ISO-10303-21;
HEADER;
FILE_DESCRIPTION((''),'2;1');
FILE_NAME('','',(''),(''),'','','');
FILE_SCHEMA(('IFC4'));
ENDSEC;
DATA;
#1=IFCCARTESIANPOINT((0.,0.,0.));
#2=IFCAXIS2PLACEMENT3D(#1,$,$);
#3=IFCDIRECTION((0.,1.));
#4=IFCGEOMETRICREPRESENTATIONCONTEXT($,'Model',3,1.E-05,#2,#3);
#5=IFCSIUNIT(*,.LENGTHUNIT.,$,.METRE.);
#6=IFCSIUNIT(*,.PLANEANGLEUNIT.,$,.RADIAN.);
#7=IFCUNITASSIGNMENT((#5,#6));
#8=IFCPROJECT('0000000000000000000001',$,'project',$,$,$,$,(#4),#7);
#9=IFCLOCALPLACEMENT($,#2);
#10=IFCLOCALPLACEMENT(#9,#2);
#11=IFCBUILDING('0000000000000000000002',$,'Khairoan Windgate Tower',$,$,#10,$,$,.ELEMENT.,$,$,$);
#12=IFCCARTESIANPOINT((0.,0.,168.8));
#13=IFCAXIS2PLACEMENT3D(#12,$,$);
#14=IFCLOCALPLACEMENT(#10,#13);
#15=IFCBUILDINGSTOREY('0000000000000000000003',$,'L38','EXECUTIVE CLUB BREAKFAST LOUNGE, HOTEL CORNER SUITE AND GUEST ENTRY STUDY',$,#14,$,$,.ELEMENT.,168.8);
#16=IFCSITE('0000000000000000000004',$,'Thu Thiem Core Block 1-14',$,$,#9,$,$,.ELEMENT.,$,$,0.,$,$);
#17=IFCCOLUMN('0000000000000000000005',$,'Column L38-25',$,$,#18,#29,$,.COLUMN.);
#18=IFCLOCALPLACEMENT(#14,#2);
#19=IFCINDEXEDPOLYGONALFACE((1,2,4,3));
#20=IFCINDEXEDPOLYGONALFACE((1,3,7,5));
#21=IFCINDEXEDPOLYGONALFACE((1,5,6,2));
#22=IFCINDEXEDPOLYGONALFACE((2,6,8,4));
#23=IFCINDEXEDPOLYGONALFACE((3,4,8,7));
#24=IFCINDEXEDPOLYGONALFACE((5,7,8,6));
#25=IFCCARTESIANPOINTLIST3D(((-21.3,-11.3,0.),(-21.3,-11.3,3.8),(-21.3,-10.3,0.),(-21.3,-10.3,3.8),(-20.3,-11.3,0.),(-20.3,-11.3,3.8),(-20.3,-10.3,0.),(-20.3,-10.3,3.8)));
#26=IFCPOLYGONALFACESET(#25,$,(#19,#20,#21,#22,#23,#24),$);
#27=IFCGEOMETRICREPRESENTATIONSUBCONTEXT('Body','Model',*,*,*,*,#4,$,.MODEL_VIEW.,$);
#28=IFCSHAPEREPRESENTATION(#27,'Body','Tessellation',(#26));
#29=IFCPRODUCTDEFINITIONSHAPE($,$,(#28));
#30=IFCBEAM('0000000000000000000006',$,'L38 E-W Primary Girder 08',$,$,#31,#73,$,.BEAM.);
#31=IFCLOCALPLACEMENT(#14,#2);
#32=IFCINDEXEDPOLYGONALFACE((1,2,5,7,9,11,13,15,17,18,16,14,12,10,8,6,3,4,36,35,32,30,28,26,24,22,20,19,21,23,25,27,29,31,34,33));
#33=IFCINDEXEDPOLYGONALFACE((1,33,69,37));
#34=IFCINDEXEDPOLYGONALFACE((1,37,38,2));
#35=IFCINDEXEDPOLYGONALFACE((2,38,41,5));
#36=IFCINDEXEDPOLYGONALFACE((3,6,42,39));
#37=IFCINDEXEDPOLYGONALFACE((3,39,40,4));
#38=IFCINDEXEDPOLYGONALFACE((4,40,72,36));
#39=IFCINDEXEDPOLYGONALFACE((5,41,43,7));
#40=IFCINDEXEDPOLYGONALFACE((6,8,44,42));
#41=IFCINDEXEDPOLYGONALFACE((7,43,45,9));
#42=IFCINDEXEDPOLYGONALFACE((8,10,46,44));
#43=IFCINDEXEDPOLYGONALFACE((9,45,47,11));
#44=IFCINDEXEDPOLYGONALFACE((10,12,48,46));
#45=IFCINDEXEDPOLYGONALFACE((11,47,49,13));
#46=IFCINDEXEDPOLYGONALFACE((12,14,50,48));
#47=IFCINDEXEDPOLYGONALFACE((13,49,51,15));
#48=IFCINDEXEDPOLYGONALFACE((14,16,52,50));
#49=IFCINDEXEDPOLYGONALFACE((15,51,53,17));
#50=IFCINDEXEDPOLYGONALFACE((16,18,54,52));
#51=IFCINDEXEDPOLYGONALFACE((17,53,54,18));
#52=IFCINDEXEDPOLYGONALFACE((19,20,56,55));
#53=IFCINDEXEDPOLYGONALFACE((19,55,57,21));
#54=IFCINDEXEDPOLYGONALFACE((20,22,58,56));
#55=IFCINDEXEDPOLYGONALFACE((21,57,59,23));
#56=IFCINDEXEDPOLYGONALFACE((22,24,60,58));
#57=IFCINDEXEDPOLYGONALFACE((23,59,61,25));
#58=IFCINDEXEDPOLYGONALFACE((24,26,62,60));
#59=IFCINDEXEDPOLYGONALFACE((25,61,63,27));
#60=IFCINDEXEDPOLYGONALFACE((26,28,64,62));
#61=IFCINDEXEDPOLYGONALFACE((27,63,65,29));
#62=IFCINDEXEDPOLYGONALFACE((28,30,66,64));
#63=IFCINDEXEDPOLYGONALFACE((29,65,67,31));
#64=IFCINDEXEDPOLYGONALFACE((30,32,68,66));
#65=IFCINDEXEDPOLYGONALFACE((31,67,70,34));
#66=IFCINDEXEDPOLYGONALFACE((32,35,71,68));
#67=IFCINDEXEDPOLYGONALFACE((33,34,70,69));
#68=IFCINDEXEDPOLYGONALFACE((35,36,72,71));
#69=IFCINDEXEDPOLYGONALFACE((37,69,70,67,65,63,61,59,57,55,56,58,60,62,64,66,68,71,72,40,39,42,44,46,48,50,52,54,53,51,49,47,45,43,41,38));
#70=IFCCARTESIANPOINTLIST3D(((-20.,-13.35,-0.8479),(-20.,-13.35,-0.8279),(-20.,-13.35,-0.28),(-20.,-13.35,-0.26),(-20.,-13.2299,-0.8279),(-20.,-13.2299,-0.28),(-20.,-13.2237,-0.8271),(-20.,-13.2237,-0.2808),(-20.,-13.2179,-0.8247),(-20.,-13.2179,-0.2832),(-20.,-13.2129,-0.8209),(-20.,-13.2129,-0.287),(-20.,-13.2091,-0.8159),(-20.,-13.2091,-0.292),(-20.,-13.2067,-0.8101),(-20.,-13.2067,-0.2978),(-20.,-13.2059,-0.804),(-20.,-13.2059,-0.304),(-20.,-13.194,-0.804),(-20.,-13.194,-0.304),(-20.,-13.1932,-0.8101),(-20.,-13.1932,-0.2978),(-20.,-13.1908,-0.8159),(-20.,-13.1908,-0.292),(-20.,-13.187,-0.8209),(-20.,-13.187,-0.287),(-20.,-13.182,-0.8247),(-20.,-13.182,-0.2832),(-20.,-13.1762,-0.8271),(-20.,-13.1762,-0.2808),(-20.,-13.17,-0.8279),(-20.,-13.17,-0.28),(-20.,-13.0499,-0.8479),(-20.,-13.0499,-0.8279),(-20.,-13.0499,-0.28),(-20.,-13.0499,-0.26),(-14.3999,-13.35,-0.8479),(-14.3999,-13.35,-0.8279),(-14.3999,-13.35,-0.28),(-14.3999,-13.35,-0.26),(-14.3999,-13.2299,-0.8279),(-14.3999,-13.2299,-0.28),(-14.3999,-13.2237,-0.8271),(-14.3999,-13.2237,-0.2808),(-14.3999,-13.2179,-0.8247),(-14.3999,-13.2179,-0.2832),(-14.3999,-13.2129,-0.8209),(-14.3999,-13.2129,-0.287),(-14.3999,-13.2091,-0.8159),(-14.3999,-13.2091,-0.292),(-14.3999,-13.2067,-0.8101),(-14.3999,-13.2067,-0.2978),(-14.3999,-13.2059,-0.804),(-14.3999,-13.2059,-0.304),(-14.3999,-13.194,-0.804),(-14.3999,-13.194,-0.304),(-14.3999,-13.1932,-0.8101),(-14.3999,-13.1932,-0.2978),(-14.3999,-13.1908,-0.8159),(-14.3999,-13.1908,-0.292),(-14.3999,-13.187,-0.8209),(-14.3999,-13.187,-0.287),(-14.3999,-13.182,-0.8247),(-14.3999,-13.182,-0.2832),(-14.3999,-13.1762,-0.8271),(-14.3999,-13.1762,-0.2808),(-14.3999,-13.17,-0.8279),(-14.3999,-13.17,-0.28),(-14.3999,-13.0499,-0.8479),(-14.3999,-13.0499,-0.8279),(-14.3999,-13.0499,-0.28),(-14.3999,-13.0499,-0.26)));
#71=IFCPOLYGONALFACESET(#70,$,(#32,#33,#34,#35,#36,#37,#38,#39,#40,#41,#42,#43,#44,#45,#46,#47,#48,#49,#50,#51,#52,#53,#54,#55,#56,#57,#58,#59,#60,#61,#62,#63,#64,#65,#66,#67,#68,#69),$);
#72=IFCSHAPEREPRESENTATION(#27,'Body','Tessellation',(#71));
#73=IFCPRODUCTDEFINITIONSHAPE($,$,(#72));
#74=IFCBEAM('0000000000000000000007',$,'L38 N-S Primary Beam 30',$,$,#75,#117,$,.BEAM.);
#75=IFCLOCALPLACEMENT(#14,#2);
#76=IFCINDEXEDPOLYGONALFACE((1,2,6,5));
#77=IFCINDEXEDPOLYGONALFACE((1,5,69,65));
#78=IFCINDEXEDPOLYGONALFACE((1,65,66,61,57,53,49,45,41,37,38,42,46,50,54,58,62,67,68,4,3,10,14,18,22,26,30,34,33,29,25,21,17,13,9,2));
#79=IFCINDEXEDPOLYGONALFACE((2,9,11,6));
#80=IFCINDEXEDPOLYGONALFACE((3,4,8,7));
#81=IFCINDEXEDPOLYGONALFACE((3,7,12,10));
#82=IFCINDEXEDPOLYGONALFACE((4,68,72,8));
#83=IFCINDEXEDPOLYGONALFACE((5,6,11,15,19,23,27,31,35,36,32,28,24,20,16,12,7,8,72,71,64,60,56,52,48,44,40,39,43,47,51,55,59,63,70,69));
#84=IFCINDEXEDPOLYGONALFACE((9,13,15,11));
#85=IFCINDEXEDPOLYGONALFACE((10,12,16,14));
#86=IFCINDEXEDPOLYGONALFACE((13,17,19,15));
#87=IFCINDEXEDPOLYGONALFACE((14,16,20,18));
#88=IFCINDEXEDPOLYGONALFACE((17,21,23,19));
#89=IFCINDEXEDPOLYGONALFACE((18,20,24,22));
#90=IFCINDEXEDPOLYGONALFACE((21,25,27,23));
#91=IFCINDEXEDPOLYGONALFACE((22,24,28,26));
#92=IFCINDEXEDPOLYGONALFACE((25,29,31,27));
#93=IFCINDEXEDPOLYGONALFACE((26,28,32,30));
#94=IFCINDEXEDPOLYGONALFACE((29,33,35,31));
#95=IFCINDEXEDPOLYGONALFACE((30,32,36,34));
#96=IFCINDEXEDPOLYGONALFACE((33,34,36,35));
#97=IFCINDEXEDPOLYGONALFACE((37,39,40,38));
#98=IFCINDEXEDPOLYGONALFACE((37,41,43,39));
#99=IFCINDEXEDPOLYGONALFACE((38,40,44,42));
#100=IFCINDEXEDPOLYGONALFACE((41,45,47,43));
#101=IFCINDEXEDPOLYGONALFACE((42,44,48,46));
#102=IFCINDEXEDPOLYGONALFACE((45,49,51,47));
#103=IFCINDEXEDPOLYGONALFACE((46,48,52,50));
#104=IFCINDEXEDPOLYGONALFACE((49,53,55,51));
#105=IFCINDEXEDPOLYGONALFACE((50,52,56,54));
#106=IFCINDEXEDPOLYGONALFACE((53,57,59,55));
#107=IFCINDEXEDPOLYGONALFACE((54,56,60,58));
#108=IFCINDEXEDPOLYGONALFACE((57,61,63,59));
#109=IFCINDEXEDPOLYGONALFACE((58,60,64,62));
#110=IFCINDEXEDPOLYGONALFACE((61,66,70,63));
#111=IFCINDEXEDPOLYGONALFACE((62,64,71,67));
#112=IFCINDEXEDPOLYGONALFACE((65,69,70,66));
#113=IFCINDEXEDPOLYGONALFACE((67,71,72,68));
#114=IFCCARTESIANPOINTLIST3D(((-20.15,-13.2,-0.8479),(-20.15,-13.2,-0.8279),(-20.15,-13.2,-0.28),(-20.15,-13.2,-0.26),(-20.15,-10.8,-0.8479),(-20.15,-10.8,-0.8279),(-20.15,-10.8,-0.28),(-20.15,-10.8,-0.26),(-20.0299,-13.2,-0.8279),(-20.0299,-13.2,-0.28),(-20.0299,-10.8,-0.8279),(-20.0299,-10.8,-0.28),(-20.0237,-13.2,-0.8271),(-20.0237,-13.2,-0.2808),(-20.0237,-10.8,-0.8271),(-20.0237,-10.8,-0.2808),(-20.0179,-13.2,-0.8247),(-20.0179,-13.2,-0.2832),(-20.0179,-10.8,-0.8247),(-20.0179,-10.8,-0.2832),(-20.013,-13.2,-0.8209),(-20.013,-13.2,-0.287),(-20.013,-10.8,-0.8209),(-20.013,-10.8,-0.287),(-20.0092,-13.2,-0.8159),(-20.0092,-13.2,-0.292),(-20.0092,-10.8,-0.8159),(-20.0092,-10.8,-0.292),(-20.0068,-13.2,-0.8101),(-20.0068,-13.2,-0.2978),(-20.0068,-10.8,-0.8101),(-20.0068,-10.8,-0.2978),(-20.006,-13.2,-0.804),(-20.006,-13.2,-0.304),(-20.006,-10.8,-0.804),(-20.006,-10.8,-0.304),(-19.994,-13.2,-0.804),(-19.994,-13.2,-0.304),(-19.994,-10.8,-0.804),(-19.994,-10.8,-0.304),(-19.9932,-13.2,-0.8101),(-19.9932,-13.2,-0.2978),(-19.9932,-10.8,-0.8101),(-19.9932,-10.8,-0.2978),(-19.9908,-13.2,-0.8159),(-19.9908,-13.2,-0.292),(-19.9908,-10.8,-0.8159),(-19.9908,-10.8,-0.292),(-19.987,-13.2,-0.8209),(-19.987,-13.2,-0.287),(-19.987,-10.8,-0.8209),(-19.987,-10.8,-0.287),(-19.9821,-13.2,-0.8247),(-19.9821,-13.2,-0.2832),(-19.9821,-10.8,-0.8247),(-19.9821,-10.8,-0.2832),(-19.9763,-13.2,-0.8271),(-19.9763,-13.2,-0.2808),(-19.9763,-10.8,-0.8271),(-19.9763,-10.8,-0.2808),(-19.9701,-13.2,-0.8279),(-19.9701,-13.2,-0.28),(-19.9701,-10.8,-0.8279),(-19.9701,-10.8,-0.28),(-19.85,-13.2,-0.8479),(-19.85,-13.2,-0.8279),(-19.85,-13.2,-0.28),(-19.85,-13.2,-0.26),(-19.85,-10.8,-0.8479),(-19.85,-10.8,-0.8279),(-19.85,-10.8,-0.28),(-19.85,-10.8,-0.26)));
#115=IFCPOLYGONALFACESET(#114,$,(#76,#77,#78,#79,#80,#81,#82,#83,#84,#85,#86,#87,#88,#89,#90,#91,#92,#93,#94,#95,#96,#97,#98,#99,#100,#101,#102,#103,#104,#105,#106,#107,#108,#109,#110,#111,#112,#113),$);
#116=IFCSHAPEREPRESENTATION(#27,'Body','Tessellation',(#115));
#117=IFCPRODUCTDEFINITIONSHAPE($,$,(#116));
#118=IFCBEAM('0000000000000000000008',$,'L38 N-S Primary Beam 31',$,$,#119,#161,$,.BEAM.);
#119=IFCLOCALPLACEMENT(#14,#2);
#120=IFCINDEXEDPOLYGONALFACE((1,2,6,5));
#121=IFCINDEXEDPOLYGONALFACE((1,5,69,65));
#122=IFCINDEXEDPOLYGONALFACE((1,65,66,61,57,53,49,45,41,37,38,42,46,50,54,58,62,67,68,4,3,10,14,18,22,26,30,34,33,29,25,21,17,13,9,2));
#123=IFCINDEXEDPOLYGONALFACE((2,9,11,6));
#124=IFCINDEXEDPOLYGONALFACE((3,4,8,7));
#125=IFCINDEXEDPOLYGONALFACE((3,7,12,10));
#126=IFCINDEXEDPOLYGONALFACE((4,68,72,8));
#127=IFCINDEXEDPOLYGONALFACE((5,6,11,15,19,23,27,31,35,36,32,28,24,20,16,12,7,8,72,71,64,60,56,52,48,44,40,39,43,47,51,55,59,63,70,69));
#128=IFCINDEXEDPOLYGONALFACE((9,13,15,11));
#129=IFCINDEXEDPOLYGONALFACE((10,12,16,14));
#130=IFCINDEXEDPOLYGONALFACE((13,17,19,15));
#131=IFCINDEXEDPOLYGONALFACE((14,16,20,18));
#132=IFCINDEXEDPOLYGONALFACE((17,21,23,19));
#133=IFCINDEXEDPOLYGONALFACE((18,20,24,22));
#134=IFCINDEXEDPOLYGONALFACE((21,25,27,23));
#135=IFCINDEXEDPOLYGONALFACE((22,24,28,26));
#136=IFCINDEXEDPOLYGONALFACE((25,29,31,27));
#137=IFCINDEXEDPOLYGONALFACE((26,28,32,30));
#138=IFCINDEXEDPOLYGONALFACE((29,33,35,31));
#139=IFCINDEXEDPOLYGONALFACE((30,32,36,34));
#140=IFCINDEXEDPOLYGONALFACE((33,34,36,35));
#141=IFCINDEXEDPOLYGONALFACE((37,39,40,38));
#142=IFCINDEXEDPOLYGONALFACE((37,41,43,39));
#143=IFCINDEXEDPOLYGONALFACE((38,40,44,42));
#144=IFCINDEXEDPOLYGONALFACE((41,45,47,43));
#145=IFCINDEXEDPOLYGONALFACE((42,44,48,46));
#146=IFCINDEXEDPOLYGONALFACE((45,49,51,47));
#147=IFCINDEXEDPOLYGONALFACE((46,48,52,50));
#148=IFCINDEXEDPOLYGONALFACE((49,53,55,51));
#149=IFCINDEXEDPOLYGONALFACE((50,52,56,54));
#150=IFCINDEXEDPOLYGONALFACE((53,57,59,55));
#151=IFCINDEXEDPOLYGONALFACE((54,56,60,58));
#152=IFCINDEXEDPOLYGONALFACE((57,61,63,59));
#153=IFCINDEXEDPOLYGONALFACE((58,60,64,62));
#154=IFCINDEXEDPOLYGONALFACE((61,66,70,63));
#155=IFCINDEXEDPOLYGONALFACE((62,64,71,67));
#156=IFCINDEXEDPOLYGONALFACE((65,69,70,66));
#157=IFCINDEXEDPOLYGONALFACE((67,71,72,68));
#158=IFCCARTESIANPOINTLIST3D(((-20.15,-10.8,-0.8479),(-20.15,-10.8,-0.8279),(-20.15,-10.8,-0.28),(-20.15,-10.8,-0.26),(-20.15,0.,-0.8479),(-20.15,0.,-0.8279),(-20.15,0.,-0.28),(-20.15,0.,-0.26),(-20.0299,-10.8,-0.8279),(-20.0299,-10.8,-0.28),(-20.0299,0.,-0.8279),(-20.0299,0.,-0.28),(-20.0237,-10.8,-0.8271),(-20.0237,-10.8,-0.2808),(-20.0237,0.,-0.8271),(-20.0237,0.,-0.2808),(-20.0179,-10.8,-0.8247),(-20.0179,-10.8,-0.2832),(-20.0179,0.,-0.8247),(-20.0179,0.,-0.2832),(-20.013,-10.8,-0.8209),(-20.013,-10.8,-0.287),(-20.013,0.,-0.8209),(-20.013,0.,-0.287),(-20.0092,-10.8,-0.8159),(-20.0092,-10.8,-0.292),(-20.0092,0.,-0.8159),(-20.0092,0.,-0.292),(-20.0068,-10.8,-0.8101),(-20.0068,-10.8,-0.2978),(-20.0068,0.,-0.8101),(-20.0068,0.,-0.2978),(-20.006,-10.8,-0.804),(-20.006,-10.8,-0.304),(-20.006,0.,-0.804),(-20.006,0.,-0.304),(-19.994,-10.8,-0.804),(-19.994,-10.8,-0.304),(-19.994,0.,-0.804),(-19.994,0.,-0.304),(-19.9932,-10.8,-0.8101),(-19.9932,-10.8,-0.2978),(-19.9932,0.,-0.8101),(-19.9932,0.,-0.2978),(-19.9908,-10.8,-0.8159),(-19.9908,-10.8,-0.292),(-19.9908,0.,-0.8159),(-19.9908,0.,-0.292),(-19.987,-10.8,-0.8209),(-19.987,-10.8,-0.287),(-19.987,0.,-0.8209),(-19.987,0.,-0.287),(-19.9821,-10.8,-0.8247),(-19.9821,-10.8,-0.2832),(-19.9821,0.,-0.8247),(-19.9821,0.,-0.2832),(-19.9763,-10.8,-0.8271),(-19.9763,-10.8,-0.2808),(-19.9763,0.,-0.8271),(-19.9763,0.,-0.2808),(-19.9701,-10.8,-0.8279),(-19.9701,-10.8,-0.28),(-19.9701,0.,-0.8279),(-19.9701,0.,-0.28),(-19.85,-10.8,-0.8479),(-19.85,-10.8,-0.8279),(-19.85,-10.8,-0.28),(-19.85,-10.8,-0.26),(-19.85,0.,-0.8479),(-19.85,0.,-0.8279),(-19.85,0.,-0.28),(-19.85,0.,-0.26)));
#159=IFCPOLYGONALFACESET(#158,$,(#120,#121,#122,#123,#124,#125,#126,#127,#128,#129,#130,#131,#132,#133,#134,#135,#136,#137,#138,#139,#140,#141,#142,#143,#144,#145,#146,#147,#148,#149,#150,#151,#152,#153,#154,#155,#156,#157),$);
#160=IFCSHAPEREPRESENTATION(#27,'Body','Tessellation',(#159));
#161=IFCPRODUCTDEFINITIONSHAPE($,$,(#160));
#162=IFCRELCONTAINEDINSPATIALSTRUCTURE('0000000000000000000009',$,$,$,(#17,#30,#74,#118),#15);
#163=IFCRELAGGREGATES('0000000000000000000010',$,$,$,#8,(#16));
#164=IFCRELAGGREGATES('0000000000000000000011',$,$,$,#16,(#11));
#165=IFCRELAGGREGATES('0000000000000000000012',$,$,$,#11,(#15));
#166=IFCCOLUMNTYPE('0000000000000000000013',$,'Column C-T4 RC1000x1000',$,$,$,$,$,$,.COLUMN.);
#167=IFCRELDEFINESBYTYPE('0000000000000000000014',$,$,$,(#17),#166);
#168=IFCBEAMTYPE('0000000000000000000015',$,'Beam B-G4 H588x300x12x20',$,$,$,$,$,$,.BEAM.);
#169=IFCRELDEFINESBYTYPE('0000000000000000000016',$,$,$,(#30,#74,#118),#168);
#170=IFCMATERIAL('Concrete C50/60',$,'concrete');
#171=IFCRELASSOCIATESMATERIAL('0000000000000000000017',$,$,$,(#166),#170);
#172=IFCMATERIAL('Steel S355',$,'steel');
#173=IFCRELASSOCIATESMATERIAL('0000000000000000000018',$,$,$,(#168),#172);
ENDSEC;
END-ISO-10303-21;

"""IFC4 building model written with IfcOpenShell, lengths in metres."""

from ifc_helpers import new_model, si_unit, direction, frame, origin, origin_2d, place, context, subcontext, project, spatial, rectangle, i_section, extrude, material, material_profile, profile_set, type_object, element, save


model = new_model("IFC4")

# Units and contexts
model_context = context("Model", 3, precision=1e-05, world=origin(), true_north=direction((0.0, 1.0)))
body_context = subcontext(model_context, "Body", "Model", "MODEL_VIEW")
ifc_project = project(units=[si_unit("LENGTHUNIT", "METRE"), si_unit("PLANEANGLEUNIT", "RADIAN")], contexts=[model_context])

# Site, building, storey
site_placement = place(None, origin())
site = spatial("IfcSite", under=ifc_project, at=site_placement, Name="Thu Thiem Core Block 1-14", CompositionType="ELEMENT", RefElevation=0.0)
building_placement = place(site_placement, origin())
building = spatial("IfcBuilding", under=site, at=building_placement, Name="Khairoan Windgate Tower", CompositionType="ELEMENT")
storey_placement = place(building_placement, frame((0.0, 0.0, 168.8)))
storey = spatial("IfcBuildingStorey", under=building, at=storey_placement, Name="L38", Description="EXECUTIVE CLUB BREAKFAST LOUNGE, HOTEL CORNER SUITE AND GUEST ENTRY STUDY", CompositionType="ELEMENT", Elevation=168.8)

# Column
ifc_material_1 = material(Name="Concrete C50/60", Category="concrete")
ifc_material_profile_1 = material_profile(ifc_material_1, rectangle(XDim=1.0, YDim=1.0, at=origin_2d()))
ifc_profile_set_1 = profile_set([ifc_material_profile_1], Name="Concrete C50/60")
column_type = type_object("IfcColumnType", Name="Column C-T4 RC1000x1000", PredefinedType="COLUMN", material=ifc_profile_set_1)
column_placement = place(storey_placement, frame((-20.8, -10.8, 0.0), z_axis=(0.0, 0.0, 1.0), x_axis=(1.0, 0.0, 0.0)))
element("IfcColumn", 1, at=column_placement, inside=storey, type_object=column_type, Name="Column L38-25", PredefinedType="COLUMN", context=body_context, shape_type="SweptSolid", body=[
    extrude(rectangle(XDim=1.0, YDim=1.0, at=origin_2d()), origin(), (0.0, 0.0, 1.0), 3.8),
])

# Beams
ifc_material_2 = material(Name="Steel S355", Category="steel")
ifc_material_profile_2 = material_profile(ifc_material_2, i_section(OverallWidth=0.3, OverallDepth=0.5879, WebThickness=0.012, FlangeThickness=0.02, FilletRadius=0.0239, at=origin_2d()))
ifc_profile_set_2 = profile_set([ifc_material_profile_2], Name="Steel S355")
beam_type_1 = type_object("IfcBeamType", Name="Beam B-G4 H588x300x12x20", PredefinedType="BEAM", material=ifc_profile_set_2)
beam_1_placement = place(storey_placement, frame((-20.0, -13.2, -0.554), z_axis=(1.0, 0.0, 0.0), x_axis=(0.0, 1.0, 0.0)))
element("IfcBeam", 2, at=beam_1_placement, inside=storey, type_object=beam_type_1, Name="L38 E-W Primary Girder 08", PredefinedType="BEAM", context=body_context, shape_type="SweptSolid", body=[
    extrude(i_section(OverallWidth=0.3, OverallDepth=0.5879, WebThickness=0.012, FlangeThickness=0.02, FilletRadius=0.0239, at=origin_2d()), origin(), (0.0, 0.0, 1.0), 5.6001),
])
beam_2_placement = place(storey_placement, frame((-20.0, -13.2, -0.554), z_axis=(0.0, 1.0, 0.0), x_axis=(-1.0, 0.0, 0.0)))
element("IfcBeam", 3, at=beam_2_placement, inside=storey, type_object=beam_type_1, Name="L38 N-S Primary Beam 30", PredefinedType="BEAM", context=body_context, shape_type="SweptSolid", body=[
    extrude(i_section(OverallWidth=0.3, OverallDepth=0.5879, WebThickness=0.012, FlangeThickness=0.02, FilletRadius=0.0239, at=origin_2d()), origin(), (0.0, 0.0, 1.0), 2.3999),
])
beam_3_placement = place(storey_placement, frame((-20.0, -10.8, -0.554), z_axis=(0.0, 1.0, 0.0), x_axis=(-1.0, 0.0, 0.0)))
element("IfcBeam", 4, at=beam_3_placement, inside=storey, type_object=beam_type_1, Name="L38 N-S Primary Beam 31", PredefinedType="BEAM", context=body_context, shape_type="SweptSolid", body=[
    extrude(i_section(OverallWidth=0.3, OverallDepth=0.5879, WebThickness=0.012, FlangeThickness=0.02, FilletRadius=0.0239, at=origin_2d()), origin(), (0.0, 0.0, 1.0), 10.8),
])

save(model, "model.ifc")
